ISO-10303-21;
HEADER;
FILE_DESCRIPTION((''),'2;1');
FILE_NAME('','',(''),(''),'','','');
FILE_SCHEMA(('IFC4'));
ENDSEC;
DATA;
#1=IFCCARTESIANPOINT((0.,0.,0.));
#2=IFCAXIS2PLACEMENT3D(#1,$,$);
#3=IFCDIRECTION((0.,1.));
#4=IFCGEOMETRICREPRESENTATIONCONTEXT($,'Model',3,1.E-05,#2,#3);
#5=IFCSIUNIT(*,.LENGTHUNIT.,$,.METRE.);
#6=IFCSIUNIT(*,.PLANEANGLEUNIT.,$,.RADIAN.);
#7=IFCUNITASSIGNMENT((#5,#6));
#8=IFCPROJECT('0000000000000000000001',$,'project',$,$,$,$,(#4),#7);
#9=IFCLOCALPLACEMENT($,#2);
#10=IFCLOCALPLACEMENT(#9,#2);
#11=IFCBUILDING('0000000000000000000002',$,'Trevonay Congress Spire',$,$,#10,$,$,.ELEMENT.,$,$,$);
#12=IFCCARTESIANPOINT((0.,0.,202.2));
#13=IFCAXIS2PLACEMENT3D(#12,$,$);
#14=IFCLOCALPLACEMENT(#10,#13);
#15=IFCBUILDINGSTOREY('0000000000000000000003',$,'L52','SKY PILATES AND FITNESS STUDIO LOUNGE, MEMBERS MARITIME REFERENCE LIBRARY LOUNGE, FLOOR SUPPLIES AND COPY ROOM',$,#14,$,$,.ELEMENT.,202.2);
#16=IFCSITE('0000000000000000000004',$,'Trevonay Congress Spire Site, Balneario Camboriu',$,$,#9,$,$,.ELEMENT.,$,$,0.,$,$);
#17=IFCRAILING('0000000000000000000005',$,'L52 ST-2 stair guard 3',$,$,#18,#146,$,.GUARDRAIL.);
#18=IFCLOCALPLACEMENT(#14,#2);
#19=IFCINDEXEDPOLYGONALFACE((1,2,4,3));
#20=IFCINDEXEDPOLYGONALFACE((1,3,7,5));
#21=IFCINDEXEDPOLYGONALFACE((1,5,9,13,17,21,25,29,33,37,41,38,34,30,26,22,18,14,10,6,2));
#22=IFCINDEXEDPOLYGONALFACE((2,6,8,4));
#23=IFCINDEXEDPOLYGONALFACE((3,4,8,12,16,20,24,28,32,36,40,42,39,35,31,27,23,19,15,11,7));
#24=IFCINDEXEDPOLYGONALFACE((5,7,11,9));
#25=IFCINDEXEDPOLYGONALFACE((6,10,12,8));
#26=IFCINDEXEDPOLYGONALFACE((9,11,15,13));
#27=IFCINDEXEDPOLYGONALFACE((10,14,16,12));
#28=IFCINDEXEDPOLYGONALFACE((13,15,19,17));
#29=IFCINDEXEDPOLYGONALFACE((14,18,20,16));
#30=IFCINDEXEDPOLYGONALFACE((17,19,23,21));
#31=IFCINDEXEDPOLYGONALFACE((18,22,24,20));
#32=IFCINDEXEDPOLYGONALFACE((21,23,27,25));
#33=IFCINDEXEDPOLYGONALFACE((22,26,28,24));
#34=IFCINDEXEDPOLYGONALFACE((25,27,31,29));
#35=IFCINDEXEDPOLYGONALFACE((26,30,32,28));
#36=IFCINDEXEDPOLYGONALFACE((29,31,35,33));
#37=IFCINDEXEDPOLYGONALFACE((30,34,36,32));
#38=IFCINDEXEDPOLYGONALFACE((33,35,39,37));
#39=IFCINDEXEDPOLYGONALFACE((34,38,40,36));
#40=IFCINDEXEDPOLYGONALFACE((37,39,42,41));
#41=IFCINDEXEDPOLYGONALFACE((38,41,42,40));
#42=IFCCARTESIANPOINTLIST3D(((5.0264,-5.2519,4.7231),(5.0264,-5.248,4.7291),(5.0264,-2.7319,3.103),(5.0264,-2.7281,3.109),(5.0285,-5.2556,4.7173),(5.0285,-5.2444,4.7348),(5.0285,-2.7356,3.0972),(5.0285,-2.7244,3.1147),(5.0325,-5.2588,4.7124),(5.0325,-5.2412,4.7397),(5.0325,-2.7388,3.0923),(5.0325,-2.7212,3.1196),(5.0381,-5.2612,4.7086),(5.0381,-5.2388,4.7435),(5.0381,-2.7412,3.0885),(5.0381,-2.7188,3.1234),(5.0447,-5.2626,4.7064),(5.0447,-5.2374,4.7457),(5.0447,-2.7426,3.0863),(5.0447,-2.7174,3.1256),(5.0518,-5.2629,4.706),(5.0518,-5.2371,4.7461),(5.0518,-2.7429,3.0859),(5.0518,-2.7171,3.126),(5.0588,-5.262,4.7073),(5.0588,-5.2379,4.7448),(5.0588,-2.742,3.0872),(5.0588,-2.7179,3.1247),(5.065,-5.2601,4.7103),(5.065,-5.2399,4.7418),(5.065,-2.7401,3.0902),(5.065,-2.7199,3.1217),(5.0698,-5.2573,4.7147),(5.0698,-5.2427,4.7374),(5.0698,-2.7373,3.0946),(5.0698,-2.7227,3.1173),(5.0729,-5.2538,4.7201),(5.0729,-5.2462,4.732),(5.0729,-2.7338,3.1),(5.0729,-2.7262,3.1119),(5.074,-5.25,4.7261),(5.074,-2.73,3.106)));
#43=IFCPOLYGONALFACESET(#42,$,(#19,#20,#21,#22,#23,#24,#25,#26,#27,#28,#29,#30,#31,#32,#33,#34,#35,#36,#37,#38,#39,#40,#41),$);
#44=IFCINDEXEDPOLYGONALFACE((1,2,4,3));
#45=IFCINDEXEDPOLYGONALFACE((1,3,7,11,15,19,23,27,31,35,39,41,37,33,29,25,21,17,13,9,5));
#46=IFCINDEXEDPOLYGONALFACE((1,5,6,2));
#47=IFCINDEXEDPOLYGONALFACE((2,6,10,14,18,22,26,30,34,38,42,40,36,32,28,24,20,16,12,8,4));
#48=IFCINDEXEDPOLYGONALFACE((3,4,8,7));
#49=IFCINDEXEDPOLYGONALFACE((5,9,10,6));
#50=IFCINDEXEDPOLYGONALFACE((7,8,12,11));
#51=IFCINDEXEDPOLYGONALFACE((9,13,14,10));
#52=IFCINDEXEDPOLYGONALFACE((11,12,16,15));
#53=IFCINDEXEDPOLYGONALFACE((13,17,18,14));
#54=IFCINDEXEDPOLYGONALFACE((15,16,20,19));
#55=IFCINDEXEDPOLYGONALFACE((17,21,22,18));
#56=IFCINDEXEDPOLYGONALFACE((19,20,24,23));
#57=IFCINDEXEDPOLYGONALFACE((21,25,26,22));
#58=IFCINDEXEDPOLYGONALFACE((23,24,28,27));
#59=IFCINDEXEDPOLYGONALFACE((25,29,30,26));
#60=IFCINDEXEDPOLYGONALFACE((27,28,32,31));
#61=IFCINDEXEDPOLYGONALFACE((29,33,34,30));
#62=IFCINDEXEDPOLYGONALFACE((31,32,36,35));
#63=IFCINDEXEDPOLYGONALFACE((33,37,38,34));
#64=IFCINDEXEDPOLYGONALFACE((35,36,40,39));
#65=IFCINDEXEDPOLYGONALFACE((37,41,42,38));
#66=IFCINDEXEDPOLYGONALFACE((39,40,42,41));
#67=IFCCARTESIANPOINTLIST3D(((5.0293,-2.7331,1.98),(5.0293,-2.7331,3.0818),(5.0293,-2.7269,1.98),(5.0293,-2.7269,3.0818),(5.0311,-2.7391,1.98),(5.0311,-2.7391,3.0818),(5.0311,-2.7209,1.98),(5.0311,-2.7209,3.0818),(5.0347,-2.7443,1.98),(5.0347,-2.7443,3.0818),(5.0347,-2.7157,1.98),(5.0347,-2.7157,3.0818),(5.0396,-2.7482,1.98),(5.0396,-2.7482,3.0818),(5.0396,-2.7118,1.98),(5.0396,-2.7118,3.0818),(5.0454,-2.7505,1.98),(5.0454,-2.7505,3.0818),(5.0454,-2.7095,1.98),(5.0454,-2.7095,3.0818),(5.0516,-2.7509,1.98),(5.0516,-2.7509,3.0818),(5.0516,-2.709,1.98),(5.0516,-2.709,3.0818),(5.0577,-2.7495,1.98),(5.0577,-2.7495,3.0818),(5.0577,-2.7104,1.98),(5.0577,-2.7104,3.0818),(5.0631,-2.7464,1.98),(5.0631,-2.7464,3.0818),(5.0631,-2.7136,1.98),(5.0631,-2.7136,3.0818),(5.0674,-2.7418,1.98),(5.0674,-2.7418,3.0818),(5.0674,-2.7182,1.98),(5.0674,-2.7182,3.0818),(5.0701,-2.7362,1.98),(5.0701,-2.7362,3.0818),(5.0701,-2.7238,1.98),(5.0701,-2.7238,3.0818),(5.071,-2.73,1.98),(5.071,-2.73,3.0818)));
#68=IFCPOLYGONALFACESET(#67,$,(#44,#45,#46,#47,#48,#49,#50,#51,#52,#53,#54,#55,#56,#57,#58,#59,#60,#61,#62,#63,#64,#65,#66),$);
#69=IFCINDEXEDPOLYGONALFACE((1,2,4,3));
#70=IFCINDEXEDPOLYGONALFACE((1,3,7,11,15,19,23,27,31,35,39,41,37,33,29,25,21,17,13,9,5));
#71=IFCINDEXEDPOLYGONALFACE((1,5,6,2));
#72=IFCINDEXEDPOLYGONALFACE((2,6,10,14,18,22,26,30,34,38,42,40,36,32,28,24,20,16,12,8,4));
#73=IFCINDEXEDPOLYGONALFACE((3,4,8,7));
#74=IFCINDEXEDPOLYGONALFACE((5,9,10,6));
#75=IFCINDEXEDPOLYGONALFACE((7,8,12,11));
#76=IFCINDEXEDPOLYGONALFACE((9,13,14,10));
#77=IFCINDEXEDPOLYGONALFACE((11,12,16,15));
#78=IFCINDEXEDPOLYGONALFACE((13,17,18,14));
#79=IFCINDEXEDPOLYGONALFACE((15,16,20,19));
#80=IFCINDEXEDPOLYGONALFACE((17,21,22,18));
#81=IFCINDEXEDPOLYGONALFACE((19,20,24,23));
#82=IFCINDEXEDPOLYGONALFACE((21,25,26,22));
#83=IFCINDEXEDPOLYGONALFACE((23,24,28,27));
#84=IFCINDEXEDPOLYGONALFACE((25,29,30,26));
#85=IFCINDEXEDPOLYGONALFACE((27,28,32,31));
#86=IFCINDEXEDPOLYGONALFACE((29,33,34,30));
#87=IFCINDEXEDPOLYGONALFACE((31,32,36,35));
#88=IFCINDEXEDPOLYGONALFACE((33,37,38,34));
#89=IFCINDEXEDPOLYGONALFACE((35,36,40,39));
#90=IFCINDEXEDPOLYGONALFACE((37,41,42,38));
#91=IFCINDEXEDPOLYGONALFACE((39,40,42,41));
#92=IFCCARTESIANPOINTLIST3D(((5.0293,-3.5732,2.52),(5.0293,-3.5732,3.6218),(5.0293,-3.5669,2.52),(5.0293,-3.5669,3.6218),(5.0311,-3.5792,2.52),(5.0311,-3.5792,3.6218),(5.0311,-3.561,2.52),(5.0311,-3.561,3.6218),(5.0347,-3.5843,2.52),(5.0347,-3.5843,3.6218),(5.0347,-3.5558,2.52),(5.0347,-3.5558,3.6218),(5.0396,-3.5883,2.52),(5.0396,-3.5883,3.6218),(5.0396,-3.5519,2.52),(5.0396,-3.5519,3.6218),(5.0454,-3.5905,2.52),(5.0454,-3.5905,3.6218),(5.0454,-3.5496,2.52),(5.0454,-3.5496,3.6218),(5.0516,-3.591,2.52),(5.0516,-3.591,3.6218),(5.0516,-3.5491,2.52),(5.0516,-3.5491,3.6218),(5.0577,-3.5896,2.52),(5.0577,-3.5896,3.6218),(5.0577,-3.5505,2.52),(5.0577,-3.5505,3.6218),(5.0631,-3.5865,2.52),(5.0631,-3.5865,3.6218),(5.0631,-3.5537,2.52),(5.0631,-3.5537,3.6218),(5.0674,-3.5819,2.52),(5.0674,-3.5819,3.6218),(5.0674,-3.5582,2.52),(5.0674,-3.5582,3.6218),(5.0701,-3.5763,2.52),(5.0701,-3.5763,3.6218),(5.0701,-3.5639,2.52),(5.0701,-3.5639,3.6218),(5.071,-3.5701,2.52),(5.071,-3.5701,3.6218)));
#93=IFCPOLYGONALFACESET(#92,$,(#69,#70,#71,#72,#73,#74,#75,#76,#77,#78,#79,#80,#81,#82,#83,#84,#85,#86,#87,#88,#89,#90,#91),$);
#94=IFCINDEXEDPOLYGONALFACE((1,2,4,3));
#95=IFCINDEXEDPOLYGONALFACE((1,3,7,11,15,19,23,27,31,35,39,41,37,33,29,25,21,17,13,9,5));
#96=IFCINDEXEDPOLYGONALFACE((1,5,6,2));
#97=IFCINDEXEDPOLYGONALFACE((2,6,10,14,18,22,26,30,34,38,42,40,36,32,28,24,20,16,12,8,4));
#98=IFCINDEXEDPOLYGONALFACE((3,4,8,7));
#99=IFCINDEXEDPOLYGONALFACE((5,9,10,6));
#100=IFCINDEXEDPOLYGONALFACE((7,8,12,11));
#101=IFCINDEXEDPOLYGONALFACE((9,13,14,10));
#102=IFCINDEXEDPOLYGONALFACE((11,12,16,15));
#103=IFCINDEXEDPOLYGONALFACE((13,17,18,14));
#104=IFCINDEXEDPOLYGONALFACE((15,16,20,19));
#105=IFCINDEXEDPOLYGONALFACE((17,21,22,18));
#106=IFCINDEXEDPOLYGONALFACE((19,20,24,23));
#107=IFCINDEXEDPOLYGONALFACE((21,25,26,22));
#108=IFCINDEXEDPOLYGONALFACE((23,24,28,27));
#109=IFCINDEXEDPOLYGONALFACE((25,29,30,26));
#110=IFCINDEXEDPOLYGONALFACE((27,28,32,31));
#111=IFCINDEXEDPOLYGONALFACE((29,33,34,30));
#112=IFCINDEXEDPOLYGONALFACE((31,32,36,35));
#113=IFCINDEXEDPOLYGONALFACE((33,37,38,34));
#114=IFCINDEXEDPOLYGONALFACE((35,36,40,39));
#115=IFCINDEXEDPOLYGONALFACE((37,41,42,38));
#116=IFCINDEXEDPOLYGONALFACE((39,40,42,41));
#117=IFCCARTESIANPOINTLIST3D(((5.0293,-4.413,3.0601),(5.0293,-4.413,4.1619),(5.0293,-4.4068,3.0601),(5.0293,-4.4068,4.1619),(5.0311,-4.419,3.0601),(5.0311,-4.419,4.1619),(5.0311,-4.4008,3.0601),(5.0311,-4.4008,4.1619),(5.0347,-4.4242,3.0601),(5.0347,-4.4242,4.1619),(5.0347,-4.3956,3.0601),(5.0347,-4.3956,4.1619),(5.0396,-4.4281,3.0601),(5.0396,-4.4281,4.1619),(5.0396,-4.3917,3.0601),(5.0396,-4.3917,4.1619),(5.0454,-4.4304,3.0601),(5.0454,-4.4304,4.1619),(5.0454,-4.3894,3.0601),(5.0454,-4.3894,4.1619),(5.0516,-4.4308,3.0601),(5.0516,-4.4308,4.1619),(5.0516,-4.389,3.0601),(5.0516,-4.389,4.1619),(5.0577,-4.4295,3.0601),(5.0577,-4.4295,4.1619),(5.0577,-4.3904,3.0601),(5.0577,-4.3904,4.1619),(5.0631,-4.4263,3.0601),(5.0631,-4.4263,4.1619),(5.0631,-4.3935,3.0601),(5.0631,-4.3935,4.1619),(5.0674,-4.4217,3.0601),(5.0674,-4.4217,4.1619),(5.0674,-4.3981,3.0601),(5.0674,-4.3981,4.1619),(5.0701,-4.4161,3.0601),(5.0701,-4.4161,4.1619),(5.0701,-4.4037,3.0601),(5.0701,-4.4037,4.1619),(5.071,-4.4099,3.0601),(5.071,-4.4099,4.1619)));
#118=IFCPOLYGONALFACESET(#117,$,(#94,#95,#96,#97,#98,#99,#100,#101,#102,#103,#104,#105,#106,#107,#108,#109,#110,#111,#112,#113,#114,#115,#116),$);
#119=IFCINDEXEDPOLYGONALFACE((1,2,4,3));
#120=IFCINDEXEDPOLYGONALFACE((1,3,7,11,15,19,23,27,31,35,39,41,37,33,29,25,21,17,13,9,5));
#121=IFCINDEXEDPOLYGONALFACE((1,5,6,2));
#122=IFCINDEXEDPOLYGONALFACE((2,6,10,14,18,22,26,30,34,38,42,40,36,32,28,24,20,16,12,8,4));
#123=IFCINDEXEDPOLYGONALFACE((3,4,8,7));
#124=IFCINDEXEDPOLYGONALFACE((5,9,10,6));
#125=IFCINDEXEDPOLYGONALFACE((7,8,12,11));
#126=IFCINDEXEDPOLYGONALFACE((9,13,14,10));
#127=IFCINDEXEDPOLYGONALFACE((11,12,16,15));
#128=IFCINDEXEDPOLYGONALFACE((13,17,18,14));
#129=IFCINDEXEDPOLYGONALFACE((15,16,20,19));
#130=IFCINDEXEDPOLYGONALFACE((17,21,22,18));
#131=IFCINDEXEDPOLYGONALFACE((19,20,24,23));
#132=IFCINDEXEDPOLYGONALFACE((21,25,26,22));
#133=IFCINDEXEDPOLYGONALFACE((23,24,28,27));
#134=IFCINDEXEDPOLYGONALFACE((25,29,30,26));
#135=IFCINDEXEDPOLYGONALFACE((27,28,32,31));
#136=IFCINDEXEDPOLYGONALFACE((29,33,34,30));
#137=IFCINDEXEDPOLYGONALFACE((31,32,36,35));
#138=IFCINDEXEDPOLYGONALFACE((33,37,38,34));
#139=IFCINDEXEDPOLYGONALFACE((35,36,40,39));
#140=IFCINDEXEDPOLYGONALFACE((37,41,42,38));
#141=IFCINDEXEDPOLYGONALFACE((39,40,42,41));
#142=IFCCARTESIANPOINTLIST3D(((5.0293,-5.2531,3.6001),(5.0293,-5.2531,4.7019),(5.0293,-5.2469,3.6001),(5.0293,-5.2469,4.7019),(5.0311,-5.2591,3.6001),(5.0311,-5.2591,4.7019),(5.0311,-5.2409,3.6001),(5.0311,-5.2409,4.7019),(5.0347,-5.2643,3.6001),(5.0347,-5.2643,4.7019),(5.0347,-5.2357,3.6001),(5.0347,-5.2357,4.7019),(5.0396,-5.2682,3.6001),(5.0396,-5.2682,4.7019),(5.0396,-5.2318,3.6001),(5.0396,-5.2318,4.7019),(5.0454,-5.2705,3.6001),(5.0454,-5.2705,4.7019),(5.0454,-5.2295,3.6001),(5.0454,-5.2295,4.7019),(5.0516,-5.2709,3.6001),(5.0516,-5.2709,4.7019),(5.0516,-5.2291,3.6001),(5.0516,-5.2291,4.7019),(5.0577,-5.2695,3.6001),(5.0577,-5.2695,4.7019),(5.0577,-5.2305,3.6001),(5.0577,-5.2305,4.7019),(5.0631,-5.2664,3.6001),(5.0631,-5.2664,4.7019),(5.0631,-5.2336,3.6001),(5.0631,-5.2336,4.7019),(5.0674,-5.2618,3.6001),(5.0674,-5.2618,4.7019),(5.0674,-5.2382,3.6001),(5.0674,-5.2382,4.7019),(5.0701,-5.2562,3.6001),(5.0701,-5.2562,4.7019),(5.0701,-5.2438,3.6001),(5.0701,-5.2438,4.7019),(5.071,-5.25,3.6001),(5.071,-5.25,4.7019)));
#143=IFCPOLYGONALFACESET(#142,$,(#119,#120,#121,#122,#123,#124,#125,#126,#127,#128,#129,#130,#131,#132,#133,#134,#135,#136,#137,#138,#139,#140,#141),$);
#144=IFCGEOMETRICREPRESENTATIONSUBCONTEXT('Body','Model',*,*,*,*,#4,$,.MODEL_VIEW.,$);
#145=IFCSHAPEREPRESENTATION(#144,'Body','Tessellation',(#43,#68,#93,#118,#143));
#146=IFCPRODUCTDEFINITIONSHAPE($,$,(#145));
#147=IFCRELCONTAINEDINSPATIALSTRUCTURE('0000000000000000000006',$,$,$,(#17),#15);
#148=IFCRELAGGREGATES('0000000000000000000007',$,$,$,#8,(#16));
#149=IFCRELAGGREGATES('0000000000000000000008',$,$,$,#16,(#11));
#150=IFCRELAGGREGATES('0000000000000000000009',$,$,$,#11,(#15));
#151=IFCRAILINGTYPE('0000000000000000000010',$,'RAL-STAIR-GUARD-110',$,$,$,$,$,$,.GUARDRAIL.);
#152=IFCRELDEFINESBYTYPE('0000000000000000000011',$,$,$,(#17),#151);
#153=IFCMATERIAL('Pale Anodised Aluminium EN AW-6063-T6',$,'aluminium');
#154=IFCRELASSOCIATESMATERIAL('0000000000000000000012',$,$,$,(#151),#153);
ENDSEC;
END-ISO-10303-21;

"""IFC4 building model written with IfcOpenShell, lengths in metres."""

from ifc_helpers import new_model, si_unit, direction, frame, origin, origin_2d, place, context, subcontext, project, spatial, circle, extrude, material, type_object, element, save


model = new_model("IFC4")

# Units and contexts
model_context = context("Model", 3, precision=1e-05, world=origin(), true_north=direction((0.0, 1.0)))
body_context = subcontext(model_context, "Body", "Model", "MODEL_VIEW")
ifc_project = project(units=[si_unit("LENGTHUNIT", "METRE"), si_unit("PLANEANGLEUNIT", "RADIAN")], contexts=[model_context])

# Site, building, storey
site_placement = place(None, origin())
site = spatial("IfcSite", under=ifc_project, at=site_placement, Name="Trevonay Congress Spire Site, Balneario Camboriu", CompositionType="ELEMENT", RefElevation=0.0)
building_placement = place(site_placement, origin())
building = spatial("IfcBuilding", under=site, at=building_placement, Name="Trevonay Congress Spire", CompositionType="ELEMENT")
storey_placement = place(building_placement, frame((0.0, 0.0, 202.2)))
storey = spatial("IfcBuildingStorey", under=building, at=storey_placement, Name="L52", Description="SKY PILATES AND FITNESS STUDIO LOUNGE, MEMBERS MARITIME REFERENCE LIBRARY LOUNGE, FLOOR SUPPLIES AND COPY ROOM", CompositionType="ELEMENT", Elevation=202.2)

# Shared definitions
ifc_material_1 = material(Name="Pale Anodised Aluminium EN AW-6063-T6", Category="aluminium")

# Railing
railing_type_1 = type_object("IfcRailingType", Name="RAL-STAIR-GUARD-110", PredefinedType="GUARDRAIL", material=ifc_material_1)
railing_1_placement = place(storey_placement, frame((5.05, -2.73, 1.98)))
element("IfcRailing", 1, at=railing_1_placement, inside=storey, type_object=railing_type_1, Name="L52 ST-2 stair guard 3", PredefinedType="GUARDRAIL", context=body_context, shape_type="SweptSolid", body=[
    extrude(circle(Radius=0.0239, at=origin_2d()), frame((0.0, 0.0, 1.126), z_axis=(0.0, -0.841163, 0.540782), x_axis=(1.0, 0.0, 0.0)), (0.0, 0.0, 1.0), 2.9958),
    extrude(circle(Radius=0.021, at=origin_2d()), origin(), (0.0, 0.0, 1.0), 1.1018),
    extrude(circle(Radius=0.021, at=origin_2d()), frame((0.0, -0.8401, 0.54)), (0.0, 0.0, 1.0), 1.1018),
    extrude(circle(Radius=0.021, at=origin_2d()), frame((0.0, -1.6799, 1.0801)), (0.0, 0.0, 1.0), 1.1018),
    extrude(circle(Radius=0.021, at=origin_2d()), frame((0.0, -2.52, 1.6201)), (0.0, 0.0, 1.0), 1.1018),
])

save(model, "model.ifc")
